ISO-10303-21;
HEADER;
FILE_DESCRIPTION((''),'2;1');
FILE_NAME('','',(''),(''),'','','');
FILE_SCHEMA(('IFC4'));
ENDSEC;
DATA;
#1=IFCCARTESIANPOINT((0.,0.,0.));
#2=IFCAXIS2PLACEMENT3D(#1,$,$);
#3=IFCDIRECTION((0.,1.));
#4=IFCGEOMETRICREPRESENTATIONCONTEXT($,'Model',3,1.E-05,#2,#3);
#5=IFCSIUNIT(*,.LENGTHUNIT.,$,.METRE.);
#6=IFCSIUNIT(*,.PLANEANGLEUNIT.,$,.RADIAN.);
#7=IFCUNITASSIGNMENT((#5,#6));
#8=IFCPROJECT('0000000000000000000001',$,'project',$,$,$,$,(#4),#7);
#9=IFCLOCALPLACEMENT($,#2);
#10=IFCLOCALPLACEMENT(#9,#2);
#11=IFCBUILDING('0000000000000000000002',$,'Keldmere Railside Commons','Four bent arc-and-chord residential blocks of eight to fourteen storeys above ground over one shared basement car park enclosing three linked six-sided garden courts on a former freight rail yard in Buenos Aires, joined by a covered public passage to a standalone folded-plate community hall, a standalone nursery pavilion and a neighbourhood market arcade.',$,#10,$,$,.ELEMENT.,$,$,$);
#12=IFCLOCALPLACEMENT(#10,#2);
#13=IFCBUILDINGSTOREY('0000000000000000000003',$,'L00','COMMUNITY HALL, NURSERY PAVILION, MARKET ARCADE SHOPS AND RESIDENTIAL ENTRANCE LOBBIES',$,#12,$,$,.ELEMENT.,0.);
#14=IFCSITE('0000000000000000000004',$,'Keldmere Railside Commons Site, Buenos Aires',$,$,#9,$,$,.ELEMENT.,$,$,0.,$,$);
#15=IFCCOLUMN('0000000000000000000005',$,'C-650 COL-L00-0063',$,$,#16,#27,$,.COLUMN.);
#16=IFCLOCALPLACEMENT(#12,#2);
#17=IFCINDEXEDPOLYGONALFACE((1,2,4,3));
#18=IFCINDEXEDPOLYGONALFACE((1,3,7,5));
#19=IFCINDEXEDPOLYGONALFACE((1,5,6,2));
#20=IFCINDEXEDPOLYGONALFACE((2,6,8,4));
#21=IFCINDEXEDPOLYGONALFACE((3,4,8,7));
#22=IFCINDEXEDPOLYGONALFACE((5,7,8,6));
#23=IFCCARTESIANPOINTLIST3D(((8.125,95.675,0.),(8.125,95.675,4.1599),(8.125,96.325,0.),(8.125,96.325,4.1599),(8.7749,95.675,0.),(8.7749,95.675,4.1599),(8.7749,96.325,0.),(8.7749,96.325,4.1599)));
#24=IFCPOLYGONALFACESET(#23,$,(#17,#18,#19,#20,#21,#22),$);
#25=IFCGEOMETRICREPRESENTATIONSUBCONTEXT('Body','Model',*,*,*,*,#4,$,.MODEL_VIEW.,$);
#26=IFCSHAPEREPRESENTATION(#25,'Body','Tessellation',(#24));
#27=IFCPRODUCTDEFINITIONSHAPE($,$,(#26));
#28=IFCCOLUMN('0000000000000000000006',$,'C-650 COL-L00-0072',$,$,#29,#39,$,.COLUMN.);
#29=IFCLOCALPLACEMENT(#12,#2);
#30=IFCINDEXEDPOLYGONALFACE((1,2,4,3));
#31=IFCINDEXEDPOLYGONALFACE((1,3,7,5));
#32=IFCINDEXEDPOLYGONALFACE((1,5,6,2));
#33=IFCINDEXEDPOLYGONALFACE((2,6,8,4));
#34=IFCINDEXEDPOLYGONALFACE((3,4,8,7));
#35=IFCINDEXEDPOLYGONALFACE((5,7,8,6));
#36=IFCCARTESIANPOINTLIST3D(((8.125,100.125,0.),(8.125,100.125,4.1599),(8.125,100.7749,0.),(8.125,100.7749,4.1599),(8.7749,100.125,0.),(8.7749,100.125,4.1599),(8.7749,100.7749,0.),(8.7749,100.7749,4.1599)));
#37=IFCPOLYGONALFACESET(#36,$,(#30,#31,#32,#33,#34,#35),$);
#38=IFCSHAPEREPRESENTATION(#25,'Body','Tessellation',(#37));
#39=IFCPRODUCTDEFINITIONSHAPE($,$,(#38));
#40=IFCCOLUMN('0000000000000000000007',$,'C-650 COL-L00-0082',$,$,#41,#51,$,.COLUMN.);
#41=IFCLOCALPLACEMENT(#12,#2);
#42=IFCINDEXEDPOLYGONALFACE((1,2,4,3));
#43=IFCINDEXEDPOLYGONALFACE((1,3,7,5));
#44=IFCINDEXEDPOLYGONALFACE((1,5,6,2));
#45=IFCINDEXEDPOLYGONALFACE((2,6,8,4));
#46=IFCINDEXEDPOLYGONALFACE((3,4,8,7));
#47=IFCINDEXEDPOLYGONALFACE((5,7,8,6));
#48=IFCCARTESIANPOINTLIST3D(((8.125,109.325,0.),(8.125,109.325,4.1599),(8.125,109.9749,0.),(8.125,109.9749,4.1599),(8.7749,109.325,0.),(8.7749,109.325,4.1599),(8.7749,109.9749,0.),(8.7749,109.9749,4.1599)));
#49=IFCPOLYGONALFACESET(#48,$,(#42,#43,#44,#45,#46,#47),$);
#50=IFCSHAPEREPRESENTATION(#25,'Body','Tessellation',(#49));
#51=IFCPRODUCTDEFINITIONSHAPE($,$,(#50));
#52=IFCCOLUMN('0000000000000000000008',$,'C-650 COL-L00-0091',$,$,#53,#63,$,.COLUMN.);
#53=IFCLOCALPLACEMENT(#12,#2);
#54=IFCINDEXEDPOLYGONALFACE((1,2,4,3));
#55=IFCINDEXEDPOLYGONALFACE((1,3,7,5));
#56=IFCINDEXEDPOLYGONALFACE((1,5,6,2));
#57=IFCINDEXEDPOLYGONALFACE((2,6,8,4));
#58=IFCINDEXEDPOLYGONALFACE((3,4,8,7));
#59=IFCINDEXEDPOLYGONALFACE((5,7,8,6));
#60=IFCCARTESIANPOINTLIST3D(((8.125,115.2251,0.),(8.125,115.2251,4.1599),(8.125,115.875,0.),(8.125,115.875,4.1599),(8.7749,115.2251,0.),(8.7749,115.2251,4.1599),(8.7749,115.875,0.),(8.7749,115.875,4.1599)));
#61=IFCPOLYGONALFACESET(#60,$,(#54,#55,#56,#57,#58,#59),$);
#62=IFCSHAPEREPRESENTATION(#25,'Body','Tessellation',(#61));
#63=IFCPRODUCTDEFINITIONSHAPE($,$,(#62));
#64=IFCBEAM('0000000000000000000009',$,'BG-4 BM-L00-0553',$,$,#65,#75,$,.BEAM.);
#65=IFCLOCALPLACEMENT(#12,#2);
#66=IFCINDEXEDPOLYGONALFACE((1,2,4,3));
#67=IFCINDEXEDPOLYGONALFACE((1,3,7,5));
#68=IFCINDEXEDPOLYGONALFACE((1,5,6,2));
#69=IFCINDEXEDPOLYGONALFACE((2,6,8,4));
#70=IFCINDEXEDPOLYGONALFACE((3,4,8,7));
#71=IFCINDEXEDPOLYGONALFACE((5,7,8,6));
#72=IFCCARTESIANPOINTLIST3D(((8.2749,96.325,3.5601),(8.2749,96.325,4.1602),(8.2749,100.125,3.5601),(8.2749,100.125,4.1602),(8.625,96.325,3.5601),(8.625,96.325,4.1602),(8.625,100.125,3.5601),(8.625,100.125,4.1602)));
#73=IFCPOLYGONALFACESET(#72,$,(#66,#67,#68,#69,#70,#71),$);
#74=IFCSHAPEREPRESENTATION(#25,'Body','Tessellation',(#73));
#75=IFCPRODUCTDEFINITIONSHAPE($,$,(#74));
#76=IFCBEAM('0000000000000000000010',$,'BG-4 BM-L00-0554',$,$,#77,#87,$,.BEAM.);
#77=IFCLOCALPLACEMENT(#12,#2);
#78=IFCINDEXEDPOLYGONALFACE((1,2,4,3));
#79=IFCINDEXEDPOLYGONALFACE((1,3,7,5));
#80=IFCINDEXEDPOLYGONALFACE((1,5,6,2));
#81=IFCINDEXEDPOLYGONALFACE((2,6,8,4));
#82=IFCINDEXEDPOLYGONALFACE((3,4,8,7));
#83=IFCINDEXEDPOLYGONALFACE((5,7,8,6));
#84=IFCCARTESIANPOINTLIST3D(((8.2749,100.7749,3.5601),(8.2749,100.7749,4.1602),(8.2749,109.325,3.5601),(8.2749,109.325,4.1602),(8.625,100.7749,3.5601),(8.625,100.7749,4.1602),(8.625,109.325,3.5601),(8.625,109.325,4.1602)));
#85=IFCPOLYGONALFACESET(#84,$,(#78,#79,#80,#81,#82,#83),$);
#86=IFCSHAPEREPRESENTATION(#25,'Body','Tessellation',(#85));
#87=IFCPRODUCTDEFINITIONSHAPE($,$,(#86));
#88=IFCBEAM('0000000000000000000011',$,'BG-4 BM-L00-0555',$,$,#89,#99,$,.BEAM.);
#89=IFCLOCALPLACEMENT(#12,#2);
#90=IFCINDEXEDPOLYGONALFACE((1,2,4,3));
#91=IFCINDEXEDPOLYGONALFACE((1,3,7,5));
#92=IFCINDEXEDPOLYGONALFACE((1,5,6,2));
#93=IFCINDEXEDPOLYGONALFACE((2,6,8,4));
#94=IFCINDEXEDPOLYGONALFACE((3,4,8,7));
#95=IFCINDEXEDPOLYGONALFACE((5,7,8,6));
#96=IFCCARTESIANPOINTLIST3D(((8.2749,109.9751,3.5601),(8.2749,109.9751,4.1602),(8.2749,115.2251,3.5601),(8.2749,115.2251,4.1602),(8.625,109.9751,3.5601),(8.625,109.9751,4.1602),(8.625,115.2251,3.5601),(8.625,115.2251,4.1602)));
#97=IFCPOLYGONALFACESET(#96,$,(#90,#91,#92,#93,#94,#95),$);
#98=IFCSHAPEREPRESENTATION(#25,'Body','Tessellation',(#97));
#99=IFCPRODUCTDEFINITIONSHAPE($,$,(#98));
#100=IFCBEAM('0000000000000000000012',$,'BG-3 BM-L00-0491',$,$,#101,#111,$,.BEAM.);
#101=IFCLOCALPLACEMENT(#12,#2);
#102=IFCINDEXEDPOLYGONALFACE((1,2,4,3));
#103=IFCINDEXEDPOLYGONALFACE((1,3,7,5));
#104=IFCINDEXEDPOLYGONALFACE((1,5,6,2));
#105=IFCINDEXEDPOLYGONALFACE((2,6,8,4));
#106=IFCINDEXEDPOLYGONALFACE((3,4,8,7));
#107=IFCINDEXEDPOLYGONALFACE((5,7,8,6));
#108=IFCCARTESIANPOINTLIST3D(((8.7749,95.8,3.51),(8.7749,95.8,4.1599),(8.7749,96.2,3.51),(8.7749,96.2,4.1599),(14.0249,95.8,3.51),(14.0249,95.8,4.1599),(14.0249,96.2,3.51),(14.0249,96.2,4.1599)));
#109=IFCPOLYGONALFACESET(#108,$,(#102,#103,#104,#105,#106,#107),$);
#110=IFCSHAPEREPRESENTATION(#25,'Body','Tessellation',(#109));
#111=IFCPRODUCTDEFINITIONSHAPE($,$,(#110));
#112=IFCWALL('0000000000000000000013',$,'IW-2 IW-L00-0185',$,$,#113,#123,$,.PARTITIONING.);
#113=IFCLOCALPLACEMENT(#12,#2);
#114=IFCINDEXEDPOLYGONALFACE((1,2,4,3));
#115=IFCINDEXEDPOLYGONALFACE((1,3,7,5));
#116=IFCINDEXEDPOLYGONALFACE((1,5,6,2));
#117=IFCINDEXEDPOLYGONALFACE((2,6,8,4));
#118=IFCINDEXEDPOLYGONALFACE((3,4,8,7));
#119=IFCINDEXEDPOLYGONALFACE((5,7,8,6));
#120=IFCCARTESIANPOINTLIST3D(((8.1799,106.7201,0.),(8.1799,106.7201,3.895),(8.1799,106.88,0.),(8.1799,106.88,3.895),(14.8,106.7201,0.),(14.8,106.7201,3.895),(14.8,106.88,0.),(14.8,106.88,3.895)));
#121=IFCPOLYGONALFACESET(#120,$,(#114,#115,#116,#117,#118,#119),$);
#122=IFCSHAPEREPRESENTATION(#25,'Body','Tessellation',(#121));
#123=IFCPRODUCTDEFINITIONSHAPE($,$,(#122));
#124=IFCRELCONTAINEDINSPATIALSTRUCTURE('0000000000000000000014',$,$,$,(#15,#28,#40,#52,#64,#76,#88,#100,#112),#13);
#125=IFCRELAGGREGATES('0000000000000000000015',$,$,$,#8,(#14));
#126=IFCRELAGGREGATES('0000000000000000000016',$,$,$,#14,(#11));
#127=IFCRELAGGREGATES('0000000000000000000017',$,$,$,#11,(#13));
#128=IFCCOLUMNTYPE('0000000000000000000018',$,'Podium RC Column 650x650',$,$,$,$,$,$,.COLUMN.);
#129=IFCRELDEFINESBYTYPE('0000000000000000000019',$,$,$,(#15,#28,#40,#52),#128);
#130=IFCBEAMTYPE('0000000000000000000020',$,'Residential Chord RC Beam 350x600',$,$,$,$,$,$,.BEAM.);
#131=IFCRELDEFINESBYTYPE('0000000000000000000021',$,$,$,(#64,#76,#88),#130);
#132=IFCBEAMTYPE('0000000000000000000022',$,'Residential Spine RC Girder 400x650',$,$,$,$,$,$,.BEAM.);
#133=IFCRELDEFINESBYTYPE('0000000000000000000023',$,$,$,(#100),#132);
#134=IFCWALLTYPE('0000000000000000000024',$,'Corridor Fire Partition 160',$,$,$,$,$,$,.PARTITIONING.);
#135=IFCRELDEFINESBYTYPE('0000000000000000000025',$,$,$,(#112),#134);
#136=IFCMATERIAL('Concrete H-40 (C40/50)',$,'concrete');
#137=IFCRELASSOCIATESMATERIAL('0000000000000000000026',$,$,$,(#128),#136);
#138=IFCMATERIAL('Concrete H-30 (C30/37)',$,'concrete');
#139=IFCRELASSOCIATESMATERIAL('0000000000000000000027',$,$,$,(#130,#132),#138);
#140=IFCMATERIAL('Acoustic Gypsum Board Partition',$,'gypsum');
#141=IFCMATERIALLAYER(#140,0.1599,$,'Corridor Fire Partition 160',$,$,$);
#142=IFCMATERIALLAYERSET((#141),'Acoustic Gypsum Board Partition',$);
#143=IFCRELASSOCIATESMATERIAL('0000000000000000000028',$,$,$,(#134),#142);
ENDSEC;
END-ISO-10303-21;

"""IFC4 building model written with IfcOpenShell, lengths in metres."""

from ifc_helpers import new_model, si_unit, direction, frame, frame_2d, origin, origin_2d, place, context, subcontext, project, spatial, rectangle, extrude, material, layer, layer_set, material_profile, profile_set, type_object, element, save


model = new_model("IFC4")

# Units and contexts
model_context = context("Model", 3, precision=1e-05, world=origin(), true_north=direction((0.0, 1.0)))
body_context = subcontext(model_context, "Body", "Model", "MODEL_VIEW")
ifc_project = project(units=[si_unit("LENGTHUNIT", "METRE"), si_unit("PLANEANGLEUNIT", "RADIAN")], contexts=[model_context])

# Site, building, storey
site_placement = place(None, origin())
site = spatial("IfcSite", under=ifc_project, at=site_placement, Name="Keldmere Railside Commons Site, Buenos Aires", CompositionType="ELEMENT", RefElevation=0.0)
building_placement = place(site_placement, origin())
building = spatial("IfcBuilding", under=site, at=building_placement, Name="Keldmere Railside Commons", Description="Four bent arc-and-chord residential blocks of eight to fourteen storeys above ground over one shared basement car park enclosing three linked six-sided garden courts on a former freight rail yard in Buenos Aires, joined by a covered public passage to a standalone folded-plate community hall, a standalone nursery pavilion and a neighbourhood market arcade.", CompositionType="ELEMENT")
storey_placement = place(building_placement, origin())
storey = spatial("IfcBuildingStorey", under=building, at=storey_placement, Name="L00", Description="COMMUNITY HALL, NURSERY PAVILION, MARKET ARCADE SHOPS AND RESIDENTIAL ENTRANCE LOBBIES", CompositionType="ELEMENT", Elevation=0.0)

# Columns
ifc_material_1 = material(Name="Concrete H-40 (C40/50)", Category="concrete")
ifc_material_profile_1 = material_profile(ifc_material_1, rectangle(XDim=0.6499, YDim=0.6499, at=origin_2d()), Name="RC-650x650")
ifc_profile_set_1 = profile_set([ifc_material_profile_1], Name="Concrete H-40 (C40/50)")
column_type = type_object("IfcColumnType", Name="Podium RC Column 650x650", PredefinedType="COLUMN", material=ifc_profile_set_1)
for number, where, z_axis, x_axis, name in (
    (1, (8.45, 96.0, 0.0), (0.0, 0.0, 1.0), (1.0, 0.0, 0.0), "C-650 COL-L00-0063"),
    (2, (8.45, 100.45, 0.0), (0.0, 0.0, 1.0), (1.0, 0.0, 0.0), "C-650 COL-L00-0072"),
    (3, (8.45, 109.6499, 0.0), (0.0, 0.0, 1.0), (1.0, 0.0, 0.0), "C-650 COL-L00-0082"),
    (4, (8.45, 115.55, 0.0), (0.0, 0.0, 1.0), (1.0, 0.0, 0.0), "C-650 COL-L00-0091"),
):
    element("IfcColumn", number, at=place(storey_placement, frame(where, z_axis=z_axis, x_axis=x_axis)), inside=storey, type_object=column_type, Name=name, PredefinedType="COLUMN", context=body_context, shape_type="SweptSolid", body=[
        extrude(rectangle(XDim=0.6499, YDim=0.6499, at=origin_2d()), origin(), (0.0, 0.0, 1.0), 4.1599),
    ])

# Beams
ifc_material_2 = material(Name="Concrete H-30 (C30/37)", Category="concrete")
ifc_material_profile_2 = material_profile(ifc_material_2, rectangle(XDim=0.3501, YDim=0.6001, at=origin_2d()), Name="RC-350x600")
ifc_profile_set_2 = profile_set([ifc_material_profile_2], Name="Concrete H-30 (C30/37)")
beam_type_1 = type_object("IfcBeamType", Name="Residential Chord RC Beam 350x600", PredefinedType="BEAM", material=ifc_profile_set_2)
beam_1_placement = place(storey_placement, frame((8.45, 96.325, 3.8601), z_axis=(0.0, 1.0, 0.0), x_axis=(-1.0, 0.0, 0.0)))
element("IfcBeam", 5, at=beam_1_placement, inside=storey, type_object=beam_type_1, Name="BG-4 BM-L00-0553", PredefinedType="BEAM", context=body_context, shape_type="SweptSolid", body=[
    extrude(rectangle(XDim=0.3501, YDim=0.6001, at=origin_2d()), origin(), (0.0, 0.0, 1.0), 3.8),
])
beam_2_placement = place(storey_placement, frame((8.45, 100.7749, 3.8601), z_axis=(0.0, 1.0, 0.0), x_axis=(-1.0, 0.0, 0.0)))
element("IfcBeam", 6, at=beam_2_placement, inside=storey, type_object=beam_type_1, Name="BG-4 BM-L00-0554", PredefinedType="BEAM", context=body_context, shape_type="SweptSolid", body=[
    extrude(rectangle(XDim=0.3501, YDim=0.6001, at=origin_2d()), origin(), (0.0, 0.0, 1.0), 8.55),
])
beam_3_placement = place(storey_placement, frame((8.45, 109.9751, 3.8601), z_axis=(0.0, 1.0, 0.0), x_axis=(-1.0, 0.0, 0.0)))
element("IfcBeam", 7, at=beam_3_placement, inside=storey, type_object=beam_type_1, Name="BG-4 BM-L00-0555", PredefinedType="BEAM", context=body_context, shape_type="SweptSolid", body=[
    extrude(rectangle(XDim=0.3501, YDim=0.6001, at=origin_2d()), origin(), (0.0, 0.0, 1.0), 5.25),
])
ifc_material_profile_3 = material_profile(ifc_material_2, rectangle(XDim=0.3999, YDim=0.6499, at=origin_2d()), Name="RC-400x650")
ifc_profile_set_3 = profile_set([ifc_material_profile_3], Name="Concrete H-30 (C30/37)")
beam_type_2 = type_object("IfcBeamType", Name="Residential Spine RC Girder 400x650", PredefinedType="BEAM", material=ifc_profile_set_3)
beam_4_placement = place(storey_placement, frame((8.7749, 96.0, 3.835), z_axis=(1.0, 0.0, 0.0), x_axis=(0.0, 1.0, 0.0)))
element("IfcBeam", 8, at=beam_4_placement, inside=storey, type_object=beam_type_2, Name="BG-3 BM-L00-0491", PredefinedType="BEAM", context=body_context, shape_type="SweptSolid", body=[
    extrude(rectangle(XDim=0.3999, YDim=0.6499, at=origin_2d()), origin(), (0.0, 0.0, 1.0), 5.25),
])

# Wall
ifc_material_3 = material(Name="Acoustic Gypsum Board Partition", Category="gypsum")
ifc_layer_1 = layer(ifc_material_3, 0.1599, Name="Corridor Fire Partition 160")
ifc_layer_set_1 = layer_set([ifc_layer_1], Name="Acoustic Gypsum Board Partition")
wall_type_1 = type_object("IfcWallType", Name="Corridor Fire Partition 160", PredefinedType="PARTITIONING", material=ifc_layer_set_1)
wall_1_placement = place(storey_placement, frame((8.1799, 106.8, 0.0), z_axis=(0.0, 0.0, 1.0), x_axis=(1.0, 0.0, 0.0)))
element("IfcWall", 9, at=wall_1_placement, inside=storey, type_object=wall_type_1, Name="IW-2 IW-L00-0185", PredefinedType="PARTITIONING", context=body_context, shape_type="SweptSolid", body=[
    extrude(rectangle(XDim=6.6201, YDim=0.1599, at=frame_2d((3.3101, 0.0))), origin(), (0.0, 0.0, 1.0), 3.895),
])

save(model, "model.ifc")
